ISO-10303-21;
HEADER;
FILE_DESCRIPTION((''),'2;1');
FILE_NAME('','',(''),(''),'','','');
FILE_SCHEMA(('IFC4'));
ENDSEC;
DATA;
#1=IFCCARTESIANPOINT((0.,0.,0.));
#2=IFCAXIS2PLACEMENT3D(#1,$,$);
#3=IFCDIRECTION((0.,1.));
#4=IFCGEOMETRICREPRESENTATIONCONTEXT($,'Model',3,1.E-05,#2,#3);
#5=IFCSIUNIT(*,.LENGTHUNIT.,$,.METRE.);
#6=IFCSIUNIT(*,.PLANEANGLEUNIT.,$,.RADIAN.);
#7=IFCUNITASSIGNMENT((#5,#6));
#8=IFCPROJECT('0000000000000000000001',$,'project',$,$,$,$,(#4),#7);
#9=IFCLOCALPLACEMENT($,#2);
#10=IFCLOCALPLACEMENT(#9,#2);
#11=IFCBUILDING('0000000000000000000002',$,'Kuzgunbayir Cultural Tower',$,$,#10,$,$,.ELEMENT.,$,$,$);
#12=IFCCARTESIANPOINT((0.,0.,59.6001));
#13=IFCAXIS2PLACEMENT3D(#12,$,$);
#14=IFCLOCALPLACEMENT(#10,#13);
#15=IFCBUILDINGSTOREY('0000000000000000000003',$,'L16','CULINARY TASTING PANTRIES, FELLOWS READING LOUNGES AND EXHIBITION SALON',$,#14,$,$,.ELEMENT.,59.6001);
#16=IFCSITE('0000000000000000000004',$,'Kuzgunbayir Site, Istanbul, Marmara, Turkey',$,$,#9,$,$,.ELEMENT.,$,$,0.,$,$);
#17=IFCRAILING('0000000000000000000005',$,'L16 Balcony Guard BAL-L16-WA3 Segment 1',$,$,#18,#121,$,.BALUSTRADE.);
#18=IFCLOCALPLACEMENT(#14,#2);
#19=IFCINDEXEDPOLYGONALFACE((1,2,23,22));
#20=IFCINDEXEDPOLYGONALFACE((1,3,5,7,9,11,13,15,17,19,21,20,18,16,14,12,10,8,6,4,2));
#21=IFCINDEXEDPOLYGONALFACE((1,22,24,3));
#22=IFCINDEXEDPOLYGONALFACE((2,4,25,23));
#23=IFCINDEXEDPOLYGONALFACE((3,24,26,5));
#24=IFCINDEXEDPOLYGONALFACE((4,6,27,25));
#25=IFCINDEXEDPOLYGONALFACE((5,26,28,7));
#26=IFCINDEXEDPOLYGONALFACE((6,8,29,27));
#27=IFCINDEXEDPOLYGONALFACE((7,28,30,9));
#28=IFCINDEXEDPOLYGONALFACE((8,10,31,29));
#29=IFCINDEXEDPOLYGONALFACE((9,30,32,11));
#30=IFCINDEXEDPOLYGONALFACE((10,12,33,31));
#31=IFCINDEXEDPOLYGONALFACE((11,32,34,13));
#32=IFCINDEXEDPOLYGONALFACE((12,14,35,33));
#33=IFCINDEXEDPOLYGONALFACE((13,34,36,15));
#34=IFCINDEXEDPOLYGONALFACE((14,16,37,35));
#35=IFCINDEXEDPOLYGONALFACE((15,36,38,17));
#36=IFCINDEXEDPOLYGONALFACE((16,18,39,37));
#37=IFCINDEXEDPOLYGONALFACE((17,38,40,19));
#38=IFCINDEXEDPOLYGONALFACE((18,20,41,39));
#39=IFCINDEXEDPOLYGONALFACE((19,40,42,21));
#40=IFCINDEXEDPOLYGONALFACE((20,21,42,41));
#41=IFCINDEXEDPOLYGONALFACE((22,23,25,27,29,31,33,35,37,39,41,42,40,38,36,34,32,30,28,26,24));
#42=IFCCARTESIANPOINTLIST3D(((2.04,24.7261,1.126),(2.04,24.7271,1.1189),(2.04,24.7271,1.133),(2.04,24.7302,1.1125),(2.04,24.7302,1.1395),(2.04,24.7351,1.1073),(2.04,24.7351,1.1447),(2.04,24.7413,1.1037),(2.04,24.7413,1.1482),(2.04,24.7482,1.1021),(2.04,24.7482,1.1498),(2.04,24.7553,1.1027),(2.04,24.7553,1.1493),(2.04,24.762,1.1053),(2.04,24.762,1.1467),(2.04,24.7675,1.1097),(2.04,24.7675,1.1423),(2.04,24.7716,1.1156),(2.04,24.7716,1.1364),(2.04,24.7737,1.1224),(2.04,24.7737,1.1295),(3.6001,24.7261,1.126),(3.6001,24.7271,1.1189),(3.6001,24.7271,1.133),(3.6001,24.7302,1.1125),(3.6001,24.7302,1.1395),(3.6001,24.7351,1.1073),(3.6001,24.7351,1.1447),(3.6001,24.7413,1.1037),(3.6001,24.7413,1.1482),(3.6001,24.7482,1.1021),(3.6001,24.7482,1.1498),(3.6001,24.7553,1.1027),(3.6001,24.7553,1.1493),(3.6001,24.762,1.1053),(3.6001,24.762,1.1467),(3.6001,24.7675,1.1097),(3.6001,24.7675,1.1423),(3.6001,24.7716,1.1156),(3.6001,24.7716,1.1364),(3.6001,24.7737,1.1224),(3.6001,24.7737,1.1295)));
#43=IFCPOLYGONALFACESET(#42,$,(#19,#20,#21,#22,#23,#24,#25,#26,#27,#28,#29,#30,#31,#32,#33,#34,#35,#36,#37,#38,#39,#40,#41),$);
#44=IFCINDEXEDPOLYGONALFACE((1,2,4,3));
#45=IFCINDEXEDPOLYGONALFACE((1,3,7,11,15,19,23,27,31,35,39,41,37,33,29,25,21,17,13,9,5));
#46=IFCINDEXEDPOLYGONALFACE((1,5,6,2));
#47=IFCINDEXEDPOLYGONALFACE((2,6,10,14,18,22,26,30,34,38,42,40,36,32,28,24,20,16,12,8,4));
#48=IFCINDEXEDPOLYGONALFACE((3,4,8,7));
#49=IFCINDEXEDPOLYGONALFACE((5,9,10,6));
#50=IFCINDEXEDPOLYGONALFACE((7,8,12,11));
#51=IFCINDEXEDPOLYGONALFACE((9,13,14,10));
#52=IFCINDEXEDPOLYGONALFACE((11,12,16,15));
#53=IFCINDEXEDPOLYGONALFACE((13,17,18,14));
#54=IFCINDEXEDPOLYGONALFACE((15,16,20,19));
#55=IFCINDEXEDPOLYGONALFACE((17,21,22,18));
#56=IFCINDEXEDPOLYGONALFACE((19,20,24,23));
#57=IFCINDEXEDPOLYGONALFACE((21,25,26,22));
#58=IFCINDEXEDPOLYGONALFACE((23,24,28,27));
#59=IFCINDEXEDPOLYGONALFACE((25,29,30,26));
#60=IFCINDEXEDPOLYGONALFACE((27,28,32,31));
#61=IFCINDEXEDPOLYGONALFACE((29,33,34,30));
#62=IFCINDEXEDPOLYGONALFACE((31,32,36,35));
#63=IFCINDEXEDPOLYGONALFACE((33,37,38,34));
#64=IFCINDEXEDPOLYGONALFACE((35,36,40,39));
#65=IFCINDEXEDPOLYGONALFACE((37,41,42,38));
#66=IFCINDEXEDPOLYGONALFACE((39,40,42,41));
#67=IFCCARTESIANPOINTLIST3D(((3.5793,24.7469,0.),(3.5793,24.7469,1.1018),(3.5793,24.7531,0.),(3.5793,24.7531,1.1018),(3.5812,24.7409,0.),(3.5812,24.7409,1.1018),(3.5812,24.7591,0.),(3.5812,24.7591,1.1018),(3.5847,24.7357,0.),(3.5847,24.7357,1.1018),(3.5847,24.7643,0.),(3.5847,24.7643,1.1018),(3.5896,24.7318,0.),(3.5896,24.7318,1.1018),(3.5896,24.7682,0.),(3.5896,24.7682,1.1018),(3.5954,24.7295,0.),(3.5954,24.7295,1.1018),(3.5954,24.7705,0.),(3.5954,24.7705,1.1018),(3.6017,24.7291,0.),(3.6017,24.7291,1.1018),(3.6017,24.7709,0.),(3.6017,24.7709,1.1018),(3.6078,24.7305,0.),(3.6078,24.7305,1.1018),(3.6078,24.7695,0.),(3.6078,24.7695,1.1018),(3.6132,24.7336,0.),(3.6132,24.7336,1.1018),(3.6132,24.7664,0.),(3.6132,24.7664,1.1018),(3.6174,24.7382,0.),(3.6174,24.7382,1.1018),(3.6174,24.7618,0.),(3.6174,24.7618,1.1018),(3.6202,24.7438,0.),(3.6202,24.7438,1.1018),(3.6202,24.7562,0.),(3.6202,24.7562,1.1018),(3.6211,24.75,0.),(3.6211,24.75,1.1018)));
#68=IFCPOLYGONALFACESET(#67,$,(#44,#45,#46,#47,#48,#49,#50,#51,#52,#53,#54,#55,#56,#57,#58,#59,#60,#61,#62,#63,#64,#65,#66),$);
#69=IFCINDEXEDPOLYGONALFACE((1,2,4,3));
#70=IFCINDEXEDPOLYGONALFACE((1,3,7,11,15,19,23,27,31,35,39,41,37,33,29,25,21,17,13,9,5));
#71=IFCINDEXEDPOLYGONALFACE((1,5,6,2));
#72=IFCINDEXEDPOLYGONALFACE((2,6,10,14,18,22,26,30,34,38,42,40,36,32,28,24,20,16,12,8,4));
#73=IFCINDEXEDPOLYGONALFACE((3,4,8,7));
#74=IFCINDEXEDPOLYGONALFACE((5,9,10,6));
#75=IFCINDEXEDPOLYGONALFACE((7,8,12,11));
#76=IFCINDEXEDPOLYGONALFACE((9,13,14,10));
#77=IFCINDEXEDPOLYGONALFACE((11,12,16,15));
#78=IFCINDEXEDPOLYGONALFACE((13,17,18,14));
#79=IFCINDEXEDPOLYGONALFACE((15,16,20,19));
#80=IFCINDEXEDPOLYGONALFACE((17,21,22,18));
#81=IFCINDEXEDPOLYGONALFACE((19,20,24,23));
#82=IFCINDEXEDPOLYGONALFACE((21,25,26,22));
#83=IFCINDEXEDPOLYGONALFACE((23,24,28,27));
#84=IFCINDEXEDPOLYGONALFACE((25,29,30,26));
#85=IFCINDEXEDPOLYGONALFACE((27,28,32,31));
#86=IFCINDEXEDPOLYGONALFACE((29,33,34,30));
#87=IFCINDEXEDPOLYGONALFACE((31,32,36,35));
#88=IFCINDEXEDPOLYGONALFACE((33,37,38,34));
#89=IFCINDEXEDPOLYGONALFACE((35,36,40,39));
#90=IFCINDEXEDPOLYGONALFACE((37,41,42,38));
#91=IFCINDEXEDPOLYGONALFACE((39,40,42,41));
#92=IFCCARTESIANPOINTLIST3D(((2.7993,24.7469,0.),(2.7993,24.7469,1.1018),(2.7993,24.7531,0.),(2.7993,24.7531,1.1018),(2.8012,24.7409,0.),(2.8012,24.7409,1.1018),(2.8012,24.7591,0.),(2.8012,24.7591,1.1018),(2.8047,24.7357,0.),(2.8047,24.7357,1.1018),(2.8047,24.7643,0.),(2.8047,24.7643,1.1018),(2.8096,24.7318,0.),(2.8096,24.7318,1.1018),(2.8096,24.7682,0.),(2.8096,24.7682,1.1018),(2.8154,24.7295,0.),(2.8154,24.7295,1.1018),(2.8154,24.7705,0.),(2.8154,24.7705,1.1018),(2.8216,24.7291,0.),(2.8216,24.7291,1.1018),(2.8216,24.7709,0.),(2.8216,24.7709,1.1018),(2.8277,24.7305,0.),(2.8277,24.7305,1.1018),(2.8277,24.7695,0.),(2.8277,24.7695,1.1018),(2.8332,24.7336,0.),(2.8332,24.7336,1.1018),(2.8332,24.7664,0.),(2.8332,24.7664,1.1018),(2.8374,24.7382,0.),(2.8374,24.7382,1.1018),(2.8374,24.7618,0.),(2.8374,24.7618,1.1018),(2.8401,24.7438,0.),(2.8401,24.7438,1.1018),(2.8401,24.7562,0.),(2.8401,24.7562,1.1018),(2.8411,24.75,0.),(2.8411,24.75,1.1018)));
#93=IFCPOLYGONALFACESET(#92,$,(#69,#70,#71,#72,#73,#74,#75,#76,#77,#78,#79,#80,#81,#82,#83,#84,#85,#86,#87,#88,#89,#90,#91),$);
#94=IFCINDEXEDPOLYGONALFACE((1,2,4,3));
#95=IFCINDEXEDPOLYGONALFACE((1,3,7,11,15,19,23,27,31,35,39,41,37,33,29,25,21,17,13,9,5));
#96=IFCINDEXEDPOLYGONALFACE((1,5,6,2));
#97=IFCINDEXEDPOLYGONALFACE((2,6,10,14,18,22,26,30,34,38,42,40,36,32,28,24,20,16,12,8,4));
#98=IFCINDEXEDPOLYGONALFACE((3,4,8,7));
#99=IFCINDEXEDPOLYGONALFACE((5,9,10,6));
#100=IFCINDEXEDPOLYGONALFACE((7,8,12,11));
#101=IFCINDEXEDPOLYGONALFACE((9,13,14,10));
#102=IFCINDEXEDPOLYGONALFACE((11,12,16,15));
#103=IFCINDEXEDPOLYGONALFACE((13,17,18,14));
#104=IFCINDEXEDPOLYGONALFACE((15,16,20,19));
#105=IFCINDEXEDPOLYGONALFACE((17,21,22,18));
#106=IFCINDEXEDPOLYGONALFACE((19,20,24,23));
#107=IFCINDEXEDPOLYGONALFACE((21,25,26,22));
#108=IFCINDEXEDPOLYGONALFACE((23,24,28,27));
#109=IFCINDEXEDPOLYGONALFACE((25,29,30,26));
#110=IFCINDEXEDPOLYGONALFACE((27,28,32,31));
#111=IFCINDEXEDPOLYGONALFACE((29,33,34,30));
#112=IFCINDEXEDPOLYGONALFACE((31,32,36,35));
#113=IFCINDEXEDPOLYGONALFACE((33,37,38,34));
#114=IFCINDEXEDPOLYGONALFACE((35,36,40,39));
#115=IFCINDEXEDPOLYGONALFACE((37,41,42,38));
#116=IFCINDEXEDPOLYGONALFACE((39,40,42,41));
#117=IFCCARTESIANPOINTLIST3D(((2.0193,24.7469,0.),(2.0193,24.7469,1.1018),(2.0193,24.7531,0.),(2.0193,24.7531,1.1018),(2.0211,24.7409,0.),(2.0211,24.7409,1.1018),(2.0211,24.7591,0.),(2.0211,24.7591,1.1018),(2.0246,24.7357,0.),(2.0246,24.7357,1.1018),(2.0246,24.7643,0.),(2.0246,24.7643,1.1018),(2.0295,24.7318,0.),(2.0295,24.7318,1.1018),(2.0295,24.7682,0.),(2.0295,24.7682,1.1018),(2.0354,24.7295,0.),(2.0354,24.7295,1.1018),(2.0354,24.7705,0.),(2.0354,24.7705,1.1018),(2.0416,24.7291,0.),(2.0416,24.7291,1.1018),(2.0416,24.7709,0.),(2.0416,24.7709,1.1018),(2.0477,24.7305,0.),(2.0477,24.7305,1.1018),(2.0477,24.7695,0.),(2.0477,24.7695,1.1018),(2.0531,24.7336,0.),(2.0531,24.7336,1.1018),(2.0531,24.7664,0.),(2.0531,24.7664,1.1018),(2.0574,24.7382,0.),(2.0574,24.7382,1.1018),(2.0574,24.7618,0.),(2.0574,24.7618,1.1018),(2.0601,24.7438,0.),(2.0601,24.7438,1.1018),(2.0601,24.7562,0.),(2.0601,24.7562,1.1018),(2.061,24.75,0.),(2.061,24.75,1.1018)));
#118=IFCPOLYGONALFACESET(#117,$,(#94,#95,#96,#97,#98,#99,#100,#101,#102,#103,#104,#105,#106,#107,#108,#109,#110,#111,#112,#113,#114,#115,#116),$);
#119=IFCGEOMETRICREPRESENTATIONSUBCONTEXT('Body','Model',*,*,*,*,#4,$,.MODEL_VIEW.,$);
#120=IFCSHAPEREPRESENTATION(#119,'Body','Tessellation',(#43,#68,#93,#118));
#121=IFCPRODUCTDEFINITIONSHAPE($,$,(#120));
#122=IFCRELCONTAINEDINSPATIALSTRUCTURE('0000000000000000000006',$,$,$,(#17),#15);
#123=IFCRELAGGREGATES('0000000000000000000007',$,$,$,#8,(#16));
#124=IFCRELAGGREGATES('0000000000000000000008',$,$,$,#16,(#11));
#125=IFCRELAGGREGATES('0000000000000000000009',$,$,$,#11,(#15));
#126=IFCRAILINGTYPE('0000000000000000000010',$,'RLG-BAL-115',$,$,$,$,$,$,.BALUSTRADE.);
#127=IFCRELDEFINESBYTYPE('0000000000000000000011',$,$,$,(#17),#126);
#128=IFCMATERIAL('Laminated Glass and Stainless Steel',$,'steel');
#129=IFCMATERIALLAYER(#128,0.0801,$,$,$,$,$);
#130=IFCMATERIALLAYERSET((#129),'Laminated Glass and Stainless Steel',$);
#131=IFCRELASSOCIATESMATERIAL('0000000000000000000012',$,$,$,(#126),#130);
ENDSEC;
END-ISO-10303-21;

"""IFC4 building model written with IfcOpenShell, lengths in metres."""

from ifc_helpers import new_model, si_unit, direction, frame, origin, origin_2d, place, context, subcontext, project, spatial, circle, extrude, material, layer, layer_set, type_object, element, save


model = new_model("IFC4")

# Units and contexts
model_context = context("Model", 3, precision=1e-05, world=origin(), true_north=direction((0.0, 1.0)))
body_context = subcontext(model_context, "Body", "Model", "MODEL_VIEW")
ifc_project = project(units=[si_unit("LENGTHUNIT", "METRE"), si_unit("PLANEANGLEUNIT", "RADIAN")], contexts=[model_context])

# Site, building, storey
site_placement = place(None, origin())
site = spatial("IfcSite", under=ifc_project, at=site_placement, Name="Kuzgunbayir Site, Istanbul, Marmara, Turkey", CompositionType="ELEMENT", RefElevation=0.0)
building_placement = place(site_placement, origin())
building = spatial("IfcBuilding", under=site, at=building_placement, Name="Kuzgunbayir Cultural Tower", CompositionType="ELEMENT")
storey_placement = place(building_placement, frame((0.0, 0.0, 59.6001)))
storey = spatial("IfcBuildingStorey", under=building, at=storey_placement, Name="L16", Description="CULINARY TASTING PANTRIES, FELLOWS READING LOUNGES AND EXHIBITION SALON", CompositionType="ELEMENT", Elevation=59.6001)

# Railing
ifc_material_1 = material(Name="Laminated Glass and Stainless Steel", Category="steel")
ifc_layer_1 = layer(ifc_material_1, 0.0801)
ifc_layer_set_1 = layer_set([ifc_layer_1], Name="Laminated Glass and Stainless Steel")
railing_type = type_object("IfcRailingType", Name="RLG-BAL-115", PredefinedType="BALUSTRADE", material=ifc_layer_set_1)
railing_1_placement = place(storey_placement, frame((3.6001, 24.75, 0.0)))
element("IfcRailing", 1, at=railing_1_placement, inside=storey, type_object=railing_type, Name="L16 Balcony Guard BAL-L16-WA3 Segment 1", PredefinedType="BALUSTRADE", context=body_context, shape_type="SweptSolid", body=[
    extrude(circle(Radius=0.0239, at=origin_2d()), frame((0.0, 0.0, 1.126), z_axis=(-1.0, 0.0, 0.0), x_axis=(0.0, -1.0, 0.0)), (0.0, 0.0, 1.0), 1.5601),
    extrude(circle(Radius=0.021, at=origin_2d()), origin(), (0.0, 0.0, 1.0), 1.1018),
    extrude(circle(Radius=0.021, at=origin_2d()), frame((-0.78, 0.0, 0.0)), (0.0, 0.0, 1.0), 1.1018),
    extrude(circle(Radius=0.021, at=origin_2d()), frame((-1.5601, 0.0, 0.0)), (0.0, 0.0, 1.0), 1.1018),
])

save(model, "model.ifc")
